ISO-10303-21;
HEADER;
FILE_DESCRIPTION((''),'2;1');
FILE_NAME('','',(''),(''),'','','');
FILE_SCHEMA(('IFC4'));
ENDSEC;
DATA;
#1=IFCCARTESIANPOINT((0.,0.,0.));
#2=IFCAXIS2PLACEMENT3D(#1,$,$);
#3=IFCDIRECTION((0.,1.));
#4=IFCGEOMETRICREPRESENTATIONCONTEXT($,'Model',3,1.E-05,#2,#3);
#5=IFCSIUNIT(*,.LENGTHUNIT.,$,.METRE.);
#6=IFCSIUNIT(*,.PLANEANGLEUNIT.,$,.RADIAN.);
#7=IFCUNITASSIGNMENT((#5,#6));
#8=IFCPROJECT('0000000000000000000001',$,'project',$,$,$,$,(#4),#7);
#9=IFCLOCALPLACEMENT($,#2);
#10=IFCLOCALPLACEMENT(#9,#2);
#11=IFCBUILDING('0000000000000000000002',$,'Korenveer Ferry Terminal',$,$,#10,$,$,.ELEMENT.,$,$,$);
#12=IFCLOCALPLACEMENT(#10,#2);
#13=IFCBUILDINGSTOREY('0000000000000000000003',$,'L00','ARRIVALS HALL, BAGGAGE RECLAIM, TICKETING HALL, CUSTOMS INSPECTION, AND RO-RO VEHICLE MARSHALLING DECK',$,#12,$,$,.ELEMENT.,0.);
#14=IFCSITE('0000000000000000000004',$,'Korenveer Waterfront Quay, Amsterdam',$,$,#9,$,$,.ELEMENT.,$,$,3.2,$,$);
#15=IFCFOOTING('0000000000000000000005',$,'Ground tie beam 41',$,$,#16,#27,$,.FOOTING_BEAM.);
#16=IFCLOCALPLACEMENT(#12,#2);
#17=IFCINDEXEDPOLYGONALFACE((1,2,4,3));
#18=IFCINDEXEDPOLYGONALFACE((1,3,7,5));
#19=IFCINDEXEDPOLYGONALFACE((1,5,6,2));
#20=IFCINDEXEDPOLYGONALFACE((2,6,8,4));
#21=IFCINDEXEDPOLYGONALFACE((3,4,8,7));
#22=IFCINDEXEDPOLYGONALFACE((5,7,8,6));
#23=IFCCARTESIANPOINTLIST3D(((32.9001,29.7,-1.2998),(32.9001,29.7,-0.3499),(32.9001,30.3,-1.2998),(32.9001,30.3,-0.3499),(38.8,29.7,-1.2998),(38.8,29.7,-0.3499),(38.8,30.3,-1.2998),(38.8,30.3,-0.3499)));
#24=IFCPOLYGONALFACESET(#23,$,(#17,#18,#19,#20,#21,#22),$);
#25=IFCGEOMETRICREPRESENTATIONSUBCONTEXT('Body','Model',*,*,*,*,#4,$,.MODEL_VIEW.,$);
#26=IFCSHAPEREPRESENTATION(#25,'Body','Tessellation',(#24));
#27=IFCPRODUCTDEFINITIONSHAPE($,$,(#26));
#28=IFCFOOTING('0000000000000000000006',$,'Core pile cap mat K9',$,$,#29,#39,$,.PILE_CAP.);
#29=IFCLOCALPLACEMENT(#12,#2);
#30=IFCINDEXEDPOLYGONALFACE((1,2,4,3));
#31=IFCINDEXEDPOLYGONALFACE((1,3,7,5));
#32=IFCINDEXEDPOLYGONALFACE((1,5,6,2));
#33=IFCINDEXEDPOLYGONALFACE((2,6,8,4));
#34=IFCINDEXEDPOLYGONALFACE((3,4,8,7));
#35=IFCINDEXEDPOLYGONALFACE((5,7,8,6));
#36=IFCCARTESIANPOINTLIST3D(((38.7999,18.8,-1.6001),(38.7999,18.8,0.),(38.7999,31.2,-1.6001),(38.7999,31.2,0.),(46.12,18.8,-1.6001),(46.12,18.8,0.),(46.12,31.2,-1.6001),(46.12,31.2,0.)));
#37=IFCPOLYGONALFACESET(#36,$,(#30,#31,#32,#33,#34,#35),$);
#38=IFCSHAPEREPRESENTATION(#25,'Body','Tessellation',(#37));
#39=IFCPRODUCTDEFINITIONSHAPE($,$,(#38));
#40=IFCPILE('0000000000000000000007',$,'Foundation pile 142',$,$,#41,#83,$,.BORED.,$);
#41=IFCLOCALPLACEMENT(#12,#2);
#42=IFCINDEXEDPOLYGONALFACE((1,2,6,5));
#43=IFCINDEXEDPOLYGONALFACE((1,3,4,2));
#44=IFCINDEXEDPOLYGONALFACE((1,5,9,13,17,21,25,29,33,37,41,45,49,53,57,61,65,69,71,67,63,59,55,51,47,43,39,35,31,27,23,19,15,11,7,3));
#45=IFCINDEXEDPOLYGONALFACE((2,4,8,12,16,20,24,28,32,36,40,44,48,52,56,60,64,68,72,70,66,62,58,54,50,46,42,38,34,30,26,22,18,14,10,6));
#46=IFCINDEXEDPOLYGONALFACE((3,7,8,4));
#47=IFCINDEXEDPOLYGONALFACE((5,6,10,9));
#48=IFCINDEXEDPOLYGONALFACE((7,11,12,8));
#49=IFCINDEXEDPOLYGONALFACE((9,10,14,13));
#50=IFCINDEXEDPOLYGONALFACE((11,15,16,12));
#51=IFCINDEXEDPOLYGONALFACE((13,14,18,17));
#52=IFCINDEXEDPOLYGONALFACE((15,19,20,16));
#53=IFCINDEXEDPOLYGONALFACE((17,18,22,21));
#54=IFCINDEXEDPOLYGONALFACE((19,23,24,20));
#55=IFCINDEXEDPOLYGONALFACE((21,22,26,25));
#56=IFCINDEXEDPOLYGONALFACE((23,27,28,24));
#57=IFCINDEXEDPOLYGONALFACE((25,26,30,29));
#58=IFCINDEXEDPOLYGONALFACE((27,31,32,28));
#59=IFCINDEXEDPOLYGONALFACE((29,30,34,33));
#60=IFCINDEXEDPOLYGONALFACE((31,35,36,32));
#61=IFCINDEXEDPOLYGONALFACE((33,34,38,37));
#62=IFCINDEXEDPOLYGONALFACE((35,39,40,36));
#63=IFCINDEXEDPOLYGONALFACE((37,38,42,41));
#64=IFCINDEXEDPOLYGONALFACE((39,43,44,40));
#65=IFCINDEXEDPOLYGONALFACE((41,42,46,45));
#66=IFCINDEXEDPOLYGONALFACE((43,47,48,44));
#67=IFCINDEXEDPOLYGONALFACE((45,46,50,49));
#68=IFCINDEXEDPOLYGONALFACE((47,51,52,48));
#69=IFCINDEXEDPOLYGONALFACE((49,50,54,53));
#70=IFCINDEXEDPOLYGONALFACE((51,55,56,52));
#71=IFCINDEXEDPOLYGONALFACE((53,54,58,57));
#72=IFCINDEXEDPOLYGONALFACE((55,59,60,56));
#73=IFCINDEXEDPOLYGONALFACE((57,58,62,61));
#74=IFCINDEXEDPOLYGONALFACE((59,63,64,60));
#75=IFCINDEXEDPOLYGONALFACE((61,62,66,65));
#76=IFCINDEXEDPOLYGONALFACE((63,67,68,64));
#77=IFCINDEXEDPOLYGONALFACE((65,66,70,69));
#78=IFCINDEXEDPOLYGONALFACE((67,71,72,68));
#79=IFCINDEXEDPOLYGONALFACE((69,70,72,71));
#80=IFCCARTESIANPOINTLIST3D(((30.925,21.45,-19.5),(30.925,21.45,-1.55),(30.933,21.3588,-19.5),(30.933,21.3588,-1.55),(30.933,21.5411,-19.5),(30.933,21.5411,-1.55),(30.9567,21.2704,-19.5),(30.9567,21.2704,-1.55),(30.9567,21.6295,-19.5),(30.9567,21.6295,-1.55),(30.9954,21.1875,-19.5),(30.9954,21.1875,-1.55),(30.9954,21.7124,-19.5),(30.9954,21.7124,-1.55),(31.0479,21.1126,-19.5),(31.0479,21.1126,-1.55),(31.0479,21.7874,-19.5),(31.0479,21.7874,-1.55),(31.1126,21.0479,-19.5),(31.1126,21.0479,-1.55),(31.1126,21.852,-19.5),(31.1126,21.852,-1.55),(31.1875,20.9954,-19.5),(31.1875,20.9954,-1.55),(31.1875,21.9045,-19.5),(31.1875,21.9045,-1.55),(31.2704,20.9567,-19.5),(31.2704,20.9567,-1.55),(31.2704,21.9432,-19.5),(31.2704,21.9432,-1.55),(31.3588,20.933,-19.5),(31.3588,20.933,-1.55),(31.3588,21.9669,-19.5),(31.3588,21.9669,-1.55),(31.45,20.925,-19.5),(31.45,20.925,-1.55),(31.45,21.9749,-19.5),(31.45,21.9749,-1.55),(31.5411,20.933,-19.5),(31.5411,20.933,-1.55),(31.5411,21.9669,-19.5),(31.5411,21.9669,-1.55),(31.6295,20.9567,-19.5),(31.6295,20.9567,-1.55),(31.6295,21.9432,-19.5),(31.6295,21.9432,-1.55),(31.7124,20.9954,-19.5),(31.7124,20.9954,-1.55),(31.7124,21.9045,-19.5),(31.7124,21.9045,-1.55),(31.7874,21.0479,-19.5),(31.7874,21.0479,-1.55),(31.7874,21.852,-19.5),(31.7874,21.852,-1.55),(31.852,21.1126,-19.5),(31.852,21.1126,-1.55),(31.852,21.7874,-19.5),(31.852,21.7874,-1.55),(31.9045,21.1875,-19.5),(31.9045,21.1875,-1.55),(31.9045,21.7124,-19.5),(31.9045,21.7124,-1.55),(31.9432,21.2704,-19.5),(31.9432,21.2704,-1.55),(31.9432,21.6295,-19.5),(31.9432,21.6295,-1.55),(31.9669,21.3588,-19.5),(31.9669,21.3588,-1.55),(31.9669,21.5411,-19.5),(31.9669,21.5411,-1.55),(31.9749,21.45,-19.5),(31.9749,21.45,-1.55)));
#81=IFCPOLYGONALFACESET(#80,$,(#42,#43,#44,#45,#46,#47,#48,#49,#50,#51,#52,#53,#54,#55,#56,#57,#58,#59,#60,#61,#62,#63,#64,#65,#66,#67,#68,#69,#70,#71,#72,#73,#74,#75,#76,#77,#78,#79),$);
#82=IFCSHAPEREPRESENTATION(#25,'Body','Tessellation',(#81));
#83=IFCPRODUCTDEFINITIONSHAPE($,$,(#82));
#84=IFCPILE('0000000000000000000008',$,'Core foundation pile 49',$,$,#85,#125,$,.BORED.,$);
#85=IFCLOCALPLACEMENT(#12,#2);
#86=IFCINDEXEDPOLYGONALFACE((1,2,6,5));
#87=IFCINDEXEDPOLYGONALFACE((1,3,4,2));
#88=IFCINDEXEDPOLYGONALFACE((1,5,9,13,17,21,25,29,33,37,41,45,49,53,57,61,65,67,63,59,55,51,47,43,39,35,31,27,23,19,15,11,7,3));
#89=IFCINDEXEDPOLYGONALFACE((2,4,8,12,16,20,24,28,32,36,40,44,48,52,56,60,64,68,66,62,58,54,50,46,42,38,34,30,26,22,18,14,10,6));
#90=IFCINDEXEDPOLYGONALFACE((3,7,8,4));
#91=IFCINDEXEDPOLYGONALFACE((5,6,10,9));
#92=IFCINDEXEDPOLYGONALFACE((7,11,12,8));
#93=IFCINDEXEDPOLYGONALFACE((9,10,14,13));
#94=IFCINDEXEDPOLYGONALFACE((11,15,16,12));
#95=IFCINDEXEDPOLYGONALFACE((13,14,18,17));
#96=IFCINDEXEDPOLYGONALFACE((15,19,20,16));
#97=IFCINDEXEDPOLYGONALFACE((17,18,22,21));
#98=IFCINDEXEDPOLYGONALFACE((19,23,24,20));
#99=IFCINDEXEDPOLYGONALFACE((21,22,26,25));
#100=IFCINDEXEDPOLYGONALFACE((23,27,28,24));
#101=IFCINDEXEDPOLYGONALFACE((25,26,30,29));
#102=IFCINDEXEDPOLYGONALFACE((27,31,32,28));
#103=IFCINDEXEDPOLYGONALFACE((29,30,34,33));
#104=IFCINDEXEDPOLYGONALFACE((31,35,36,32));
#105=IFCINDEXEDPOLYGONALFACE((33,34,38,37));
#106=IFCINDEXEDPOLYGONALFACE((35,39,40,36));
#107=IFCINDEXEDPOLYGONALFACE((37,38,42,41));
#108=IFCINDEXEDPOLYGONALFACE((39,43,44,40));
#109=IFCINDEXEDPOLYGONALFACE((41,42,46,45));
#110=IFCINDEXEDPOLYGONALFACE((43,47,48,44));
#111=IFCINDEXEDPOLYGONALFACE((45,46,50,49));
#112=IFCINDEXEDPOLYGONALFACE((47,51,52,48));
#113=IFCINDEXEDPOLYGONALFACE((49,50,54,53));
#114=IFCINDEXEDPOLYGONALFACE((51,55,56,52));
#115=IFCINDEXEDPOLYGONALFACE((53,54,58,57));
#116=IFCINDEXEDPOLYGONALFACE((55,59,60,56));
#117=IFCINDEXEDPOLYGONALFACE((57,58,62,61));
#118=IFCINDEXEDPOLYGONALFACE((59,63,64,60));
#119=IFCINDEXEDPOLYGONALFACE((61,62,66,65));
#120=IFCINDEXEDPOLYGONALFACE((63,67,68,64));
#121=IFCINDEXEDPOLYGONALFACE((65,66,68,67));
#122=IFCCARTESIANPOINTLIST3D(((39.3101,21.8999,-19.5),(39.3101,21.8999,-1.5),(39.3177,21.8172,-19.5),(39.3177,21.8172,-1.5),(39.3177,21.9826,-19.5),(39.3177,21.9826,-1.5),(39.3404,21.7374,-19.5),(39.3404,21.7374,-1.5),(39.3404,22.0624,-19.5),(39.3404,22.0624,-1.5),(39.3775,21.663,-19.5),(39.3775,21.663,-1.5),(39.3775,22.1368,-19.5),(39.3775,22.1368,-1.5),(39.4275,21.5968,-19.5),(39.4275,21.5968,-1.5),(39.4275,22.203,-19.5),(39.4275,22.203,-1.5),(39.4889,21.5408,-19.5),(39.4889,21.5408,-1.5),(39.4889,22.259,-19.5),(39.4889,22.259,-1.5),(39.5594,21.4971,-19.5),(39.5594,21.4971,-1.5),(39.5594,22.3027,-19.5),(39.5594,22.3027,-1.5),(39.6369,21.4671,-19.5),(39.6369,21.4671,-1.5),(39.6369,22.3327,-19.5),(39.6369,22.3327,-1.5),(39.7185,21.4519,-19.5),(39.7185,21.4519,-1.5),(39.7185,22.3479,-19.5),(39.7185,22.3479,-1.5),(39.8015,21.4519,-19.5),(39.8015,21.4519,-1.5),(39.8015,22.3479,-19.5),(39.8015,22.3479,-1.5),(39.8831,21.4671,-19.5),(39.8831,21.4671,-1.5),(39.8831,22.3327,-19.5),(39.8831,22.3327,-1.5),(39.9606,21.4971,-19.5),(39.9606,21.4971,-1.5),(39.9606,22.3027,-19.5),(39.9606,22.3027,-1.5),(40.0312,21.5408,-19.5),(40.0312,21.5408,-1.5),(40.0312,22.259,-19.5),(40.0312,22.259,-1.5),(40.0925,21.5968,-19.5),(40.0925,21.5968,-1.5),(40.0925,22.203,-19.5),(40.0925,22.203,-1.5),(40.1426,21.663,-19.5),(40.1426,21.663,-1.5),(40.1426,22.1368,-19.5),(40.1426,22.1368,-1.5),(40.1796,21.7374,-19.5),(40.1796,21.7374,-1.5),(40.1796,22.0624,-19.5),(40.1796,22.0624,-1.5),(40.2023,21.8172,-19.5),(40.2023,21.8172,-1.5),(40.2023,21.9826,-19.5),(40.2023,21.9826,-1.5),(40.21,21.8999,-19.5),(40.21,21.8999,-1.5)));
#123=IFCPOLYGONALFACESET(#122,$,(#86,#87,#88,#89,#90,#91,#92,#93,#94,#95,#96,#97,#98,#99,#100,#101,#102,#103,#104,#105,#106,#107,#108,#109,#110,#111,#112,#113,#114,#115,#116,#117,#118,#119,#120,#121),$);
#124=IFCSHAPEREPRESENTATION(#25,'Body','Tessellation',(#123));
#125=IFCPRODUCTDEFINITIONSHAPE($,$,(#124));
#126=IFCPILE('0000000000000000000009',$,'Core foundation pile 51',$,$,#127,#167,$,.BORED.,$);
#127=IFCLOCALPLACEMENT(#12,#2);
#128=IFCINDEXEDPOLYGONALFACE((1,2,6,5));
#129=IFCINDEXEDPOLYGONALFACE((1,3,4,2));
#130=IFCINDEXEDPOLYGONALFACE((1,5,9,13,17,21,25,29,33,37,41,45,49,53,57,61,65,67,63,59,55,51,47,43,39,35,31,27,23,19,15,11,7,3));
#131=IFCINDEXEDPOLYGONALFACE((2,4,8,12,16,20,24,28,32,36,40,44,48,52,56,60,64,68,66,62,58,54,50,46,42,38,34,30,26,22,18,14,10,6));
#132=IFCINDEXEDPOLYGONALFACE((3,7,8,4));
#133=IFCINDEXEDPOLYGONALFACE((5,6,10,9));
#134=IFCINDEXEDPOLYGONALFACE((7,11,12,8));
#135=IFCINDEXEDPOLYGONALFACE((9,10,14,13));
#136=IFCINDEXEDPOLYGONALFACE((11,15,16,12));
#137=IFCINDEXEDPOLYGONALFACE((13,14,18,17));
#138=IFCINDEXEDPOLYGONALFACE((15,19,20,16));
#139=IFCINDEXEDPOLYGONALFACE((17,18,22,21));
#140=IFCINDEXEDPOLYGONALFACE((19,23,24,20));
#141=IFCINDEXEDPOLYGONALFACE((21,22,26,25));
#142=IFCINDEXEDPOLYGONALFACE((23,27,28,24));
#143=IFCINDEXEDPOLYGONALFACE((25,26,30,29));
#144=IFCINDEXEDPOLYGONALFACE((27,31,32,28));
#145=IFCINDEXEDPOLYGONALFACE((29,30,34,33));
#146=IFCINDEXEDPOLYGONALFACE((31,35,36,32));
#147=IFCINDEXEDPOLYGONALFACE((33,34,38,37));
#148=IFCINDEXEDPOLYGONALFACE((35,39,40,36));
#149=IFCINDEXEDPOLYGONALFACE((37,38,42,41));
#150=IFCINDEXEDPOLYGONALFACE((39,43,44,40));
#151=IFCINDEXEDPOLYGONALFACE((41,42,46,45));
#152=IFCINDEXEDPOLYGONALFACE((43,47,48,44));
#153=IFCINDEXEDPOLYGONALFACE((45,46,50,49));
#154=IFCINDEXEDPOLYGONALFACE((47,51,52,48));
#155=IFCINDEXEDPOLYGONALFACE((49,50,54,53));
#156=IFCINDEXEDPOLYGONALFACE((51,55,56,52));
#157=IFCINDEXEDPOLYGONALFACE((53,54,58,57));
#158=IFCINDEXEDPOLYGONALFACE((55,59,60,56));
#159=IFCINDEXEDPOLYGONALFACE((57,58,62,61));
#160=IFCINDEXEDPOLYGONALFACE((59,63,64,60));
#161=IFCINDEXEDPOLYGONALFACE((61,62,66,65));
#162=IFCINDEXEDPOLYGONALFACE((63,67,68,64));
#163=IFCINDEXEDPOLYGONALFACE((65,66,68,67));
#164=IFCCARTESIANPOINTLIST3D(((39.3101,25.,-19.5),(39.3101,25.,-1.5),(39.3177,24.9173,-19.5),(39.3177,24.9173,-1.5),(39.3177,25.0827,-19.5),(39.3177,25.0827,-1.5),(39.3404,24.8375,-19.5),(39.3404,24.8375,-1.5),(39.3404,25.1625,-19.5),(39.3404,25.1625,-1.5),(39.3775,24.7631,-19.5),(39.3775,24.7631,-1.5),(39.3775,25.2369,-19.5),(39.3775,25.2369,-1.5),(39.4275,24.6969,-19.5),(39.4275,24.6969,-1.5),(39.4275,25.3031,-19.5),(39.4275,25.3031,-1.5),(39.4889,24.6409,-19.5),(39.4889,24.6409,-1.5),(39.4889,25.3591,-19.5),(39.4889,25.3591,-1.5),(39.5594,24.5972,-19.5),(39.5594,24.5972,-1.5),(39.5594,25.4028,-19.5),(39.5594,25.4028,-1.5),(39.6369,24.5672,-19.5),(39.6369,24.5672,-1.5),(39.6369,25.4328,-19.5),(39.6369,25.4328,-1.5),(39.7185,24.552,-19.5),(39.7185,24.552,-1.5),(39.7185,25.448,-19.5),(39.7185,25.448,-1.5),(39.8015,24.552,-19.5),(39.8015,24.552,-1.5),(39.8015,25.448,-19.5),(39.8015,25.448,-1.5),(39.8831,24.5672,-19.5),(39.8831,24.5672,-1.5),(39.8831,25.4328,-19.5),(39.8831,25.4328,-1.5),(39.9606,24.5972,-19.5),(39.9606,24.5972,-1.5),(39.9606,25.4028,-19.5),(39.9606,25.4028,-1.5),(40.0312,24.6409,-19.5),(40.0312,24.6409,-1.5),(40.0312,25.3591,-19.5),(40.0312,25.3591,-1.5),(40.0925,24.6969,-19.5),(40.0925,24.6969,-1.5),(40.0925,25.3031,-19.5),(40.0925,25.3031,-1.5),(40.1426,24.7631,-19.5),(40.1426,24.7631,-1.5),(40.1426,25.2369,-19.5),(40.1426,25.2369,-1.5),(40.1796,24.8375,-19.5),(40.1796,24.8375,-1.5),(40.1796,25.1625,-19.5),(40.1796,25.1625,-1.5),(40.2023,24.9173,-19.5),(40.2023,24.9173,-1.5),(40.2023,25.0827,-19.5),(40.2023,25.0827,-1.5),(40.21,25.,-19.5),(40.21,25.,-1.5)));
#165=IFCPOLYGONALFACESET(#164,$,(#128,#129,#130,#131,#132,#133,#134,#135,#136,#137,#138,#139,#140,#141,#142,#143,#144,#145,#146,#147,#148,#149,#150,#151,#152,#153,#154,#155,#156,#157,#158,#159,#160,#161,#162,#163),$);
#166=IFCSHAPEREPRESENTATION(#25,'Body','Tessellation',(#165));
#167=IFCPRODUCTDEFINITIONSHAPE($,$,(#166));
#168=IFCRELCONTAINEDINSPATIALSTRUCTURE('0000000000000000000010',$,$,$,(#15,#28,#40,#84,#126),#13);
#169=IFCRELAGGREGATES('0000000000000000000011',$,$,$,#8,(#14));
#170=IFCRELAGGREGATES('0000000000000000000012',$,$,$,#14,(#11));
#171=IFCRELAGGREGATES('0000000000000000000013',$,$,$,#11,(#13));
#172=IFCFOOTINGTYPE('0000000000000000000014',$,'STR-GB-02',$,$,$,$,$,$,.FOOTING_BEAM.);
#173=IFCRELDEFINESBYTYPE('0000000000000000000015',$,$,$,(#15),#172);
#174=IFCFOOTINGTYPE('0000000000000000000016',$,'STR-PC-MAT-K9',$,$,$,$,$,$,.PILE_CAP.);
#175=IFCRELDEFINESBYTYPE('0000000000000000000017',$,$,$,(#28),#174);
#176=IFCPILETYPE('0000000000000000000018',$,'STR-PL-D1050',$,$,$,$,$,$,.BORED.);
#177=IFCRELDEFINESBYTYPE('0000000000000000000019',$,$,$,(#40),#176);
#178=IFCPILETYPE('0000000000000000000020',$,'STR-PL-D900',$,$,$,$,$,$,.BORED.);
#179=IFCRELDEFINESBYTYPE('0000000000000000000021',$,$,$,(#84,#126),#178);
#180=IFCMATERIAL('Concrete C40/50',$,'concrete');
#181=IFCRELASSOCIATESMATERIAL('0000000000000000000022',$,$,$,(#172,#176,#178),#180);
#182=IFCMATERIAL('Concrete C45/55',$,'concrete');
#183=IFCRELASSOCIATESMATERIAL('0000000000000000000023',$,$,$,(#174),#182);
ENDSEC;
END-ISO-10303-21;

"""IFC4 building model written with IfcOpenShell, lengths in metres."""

from ifc_helpers import new_model, si_unit, direction, frame, origin, origin_2d, place, context, subcontext, project, spatial, rectangle, circle, extrude, material, material_profile, profile_set, type_object, element, save


model = new_model("IFC4")

# Units and contexts
model_context = context("Model", 3, precision=1e-05, world=origin(), true_north=direction((0.0, 1.0)))
body_context = subcontext(model_context, "Body", "Model", "MODEL_VIEW")
ifc_project = project(units=[si_unit("LENGTHUNIT", "METRE"), si_unit("PLANEANGLEUNIT", "RADIAN")], contexts=[model_context])

# Site, building, storey
site_placement = place(None, origin())
site = spatial("IfcSite", under=ifc_project, at=site_placement, Name="Korenveer Waterfront Quay, Amsterdam", CompositionType="ELEMENT", RefElevation=3.2)
building_placement = place(site_placement, origin())
building = spatial("IfcBuilding", under=site, at=building_placement, Name="Korenveer Ferry Terminal", CompositionType="ELEMENT")
storey_placement = place(building_placement, origin())
storey = spatial("IfcBuildingStorey", under=building, at=storey_placement, Name="L00", Description="ARRIVALS HALL, BAGGAGE RECLAIM, TICKETING HALL, CUSTOMS INSPECTION, AND RO-RO VEHICLE MARSHALLING DECK", CompositionType="ELEMENT", Elevation=0.0)

# Footings
ifc_material_1 = material(Name="Concrete C40/50", Category="concrete")
footing_type_1 = type_object("IfcFootingType", Name="STR-GB-02", PredefinedType="FOOTING_BEAM", material=ifc_material_1)
footing_1_placement = place(storey_placement, frame((35.8501, 30.0, -1.2998), z_axis=(0.0, 0.0, 1.0), x_axis=(1.0, 0.0, 0.0)))
element("IfcFooting", 1, at=footing_1_placement, inside=storey, type_object=footing_type_1, Name="Ground tie beam 41", PredefinedType="FOOTING_BEAM", context=body_context, shape_type="SweptSolid", body=[
    extrude(rectangle(XDim=5.8999, YDim=0.6001, at=origin_2d()), origin(), (0.0, 0.0, 1.0), 0.95),
])
ifc_material_2 = material(Name="Concrete C45/55", Category="concrete")
footing_type_2 = type_object("IfcFootingType", Name="STR-PC-MAT-K9", PredefinedType="PILE_CAP", material=ifc_material_2)
footing_2_placement = place(storey_placement, frame((42.46, 25.0, -1.6001), z_axis=(0.0, 0.0, 1.0), x_axis=(1.0, 0.0, 0.0)))
element("IfcFooting", 2, at=footing_2_placement, inside=storey, type_object=footing_type_2, Name="Core pile cap mat K9", PredefinedType="PILE_CAP", context=body_context, shape_type="SweptSolid", body=[
    extrude(rectangle(XDim=7.3201, YDim=12.3999, at=origin_2d()), origin(), (0.0, 0.0, 1.0), 1.6001),
])

# Piles
ifc_material_profile_1 = material_profile(ifc_material_1, circle(Radius=0.5249, at=origin_2d()), Name="PILE D1050")
ifc_profile_set_1 = profile_set([ifc_material_profile_1], Name="Concrete C40/50")
pile_type_1 = type_object("IfcPileType", Name="STR-PL-D1050", PredefinedType="BORED", material=ifc_profile_set_1)
pile_1_placement = place(storey_placement, frame((31.45, 21.45, -1.55), z_axis=(0.0, 0.0, -1.0), x_axis=(1.0, 0.0, 0.0)))
element("IfcPile", 3, at=pile_1_placement, inside=storey, type_object=pile_type_1, Name="Foundation pile 142", PredefinedType="BORED", context=body_context, shape_type="SweptSolid", body=[
    extrude(circle(Radius=0.5249, at=origin_2d()), origin(), (0.0, 0.0, 1.0), 17.95),
])
ifc_material_profile_2 = material_profile(ifc_material_1, circle(Radius=0.45, at=origin_2d()), Name="PILE D900")
ifc_profile_set_2 = profile_set([ifc_material_profile_2], Name="Concrete C40/50")
pile_type_2 = type_object("IfcPileType", Name="STR-PL-D900", PredefinedType="BORED", material=ifc_profile_set_2)
for number, where, z_axis, x_axis, name in (
    (4, (39.76, 21.8999, -1.5), (0.0, 0.0, -1.0), (1.0, 0.0, 0.0), "Core foundation pile 49"),
    (5, (39.76, 25.0, -1.5), (0.0, 0.0, -1.0), (1.0, 0.0, 0.0), "Core foundation pile 51"),
):
    element("IfcPile", number, at=place(storey_placement, frame(where, z_axis=z_axis, x_axis=x_axis)), inside=storey, type_object=pile_type_2, Name=name, PredefinedType="BORED", context=body_context, shape_type="SweptSolid", body=[
        extrude(circle(Radius=0.45, at=origin_2d()), origin(), (0.0, 0.0, 1.0), 18.0),
    ])

save(model, "model.ifc")
